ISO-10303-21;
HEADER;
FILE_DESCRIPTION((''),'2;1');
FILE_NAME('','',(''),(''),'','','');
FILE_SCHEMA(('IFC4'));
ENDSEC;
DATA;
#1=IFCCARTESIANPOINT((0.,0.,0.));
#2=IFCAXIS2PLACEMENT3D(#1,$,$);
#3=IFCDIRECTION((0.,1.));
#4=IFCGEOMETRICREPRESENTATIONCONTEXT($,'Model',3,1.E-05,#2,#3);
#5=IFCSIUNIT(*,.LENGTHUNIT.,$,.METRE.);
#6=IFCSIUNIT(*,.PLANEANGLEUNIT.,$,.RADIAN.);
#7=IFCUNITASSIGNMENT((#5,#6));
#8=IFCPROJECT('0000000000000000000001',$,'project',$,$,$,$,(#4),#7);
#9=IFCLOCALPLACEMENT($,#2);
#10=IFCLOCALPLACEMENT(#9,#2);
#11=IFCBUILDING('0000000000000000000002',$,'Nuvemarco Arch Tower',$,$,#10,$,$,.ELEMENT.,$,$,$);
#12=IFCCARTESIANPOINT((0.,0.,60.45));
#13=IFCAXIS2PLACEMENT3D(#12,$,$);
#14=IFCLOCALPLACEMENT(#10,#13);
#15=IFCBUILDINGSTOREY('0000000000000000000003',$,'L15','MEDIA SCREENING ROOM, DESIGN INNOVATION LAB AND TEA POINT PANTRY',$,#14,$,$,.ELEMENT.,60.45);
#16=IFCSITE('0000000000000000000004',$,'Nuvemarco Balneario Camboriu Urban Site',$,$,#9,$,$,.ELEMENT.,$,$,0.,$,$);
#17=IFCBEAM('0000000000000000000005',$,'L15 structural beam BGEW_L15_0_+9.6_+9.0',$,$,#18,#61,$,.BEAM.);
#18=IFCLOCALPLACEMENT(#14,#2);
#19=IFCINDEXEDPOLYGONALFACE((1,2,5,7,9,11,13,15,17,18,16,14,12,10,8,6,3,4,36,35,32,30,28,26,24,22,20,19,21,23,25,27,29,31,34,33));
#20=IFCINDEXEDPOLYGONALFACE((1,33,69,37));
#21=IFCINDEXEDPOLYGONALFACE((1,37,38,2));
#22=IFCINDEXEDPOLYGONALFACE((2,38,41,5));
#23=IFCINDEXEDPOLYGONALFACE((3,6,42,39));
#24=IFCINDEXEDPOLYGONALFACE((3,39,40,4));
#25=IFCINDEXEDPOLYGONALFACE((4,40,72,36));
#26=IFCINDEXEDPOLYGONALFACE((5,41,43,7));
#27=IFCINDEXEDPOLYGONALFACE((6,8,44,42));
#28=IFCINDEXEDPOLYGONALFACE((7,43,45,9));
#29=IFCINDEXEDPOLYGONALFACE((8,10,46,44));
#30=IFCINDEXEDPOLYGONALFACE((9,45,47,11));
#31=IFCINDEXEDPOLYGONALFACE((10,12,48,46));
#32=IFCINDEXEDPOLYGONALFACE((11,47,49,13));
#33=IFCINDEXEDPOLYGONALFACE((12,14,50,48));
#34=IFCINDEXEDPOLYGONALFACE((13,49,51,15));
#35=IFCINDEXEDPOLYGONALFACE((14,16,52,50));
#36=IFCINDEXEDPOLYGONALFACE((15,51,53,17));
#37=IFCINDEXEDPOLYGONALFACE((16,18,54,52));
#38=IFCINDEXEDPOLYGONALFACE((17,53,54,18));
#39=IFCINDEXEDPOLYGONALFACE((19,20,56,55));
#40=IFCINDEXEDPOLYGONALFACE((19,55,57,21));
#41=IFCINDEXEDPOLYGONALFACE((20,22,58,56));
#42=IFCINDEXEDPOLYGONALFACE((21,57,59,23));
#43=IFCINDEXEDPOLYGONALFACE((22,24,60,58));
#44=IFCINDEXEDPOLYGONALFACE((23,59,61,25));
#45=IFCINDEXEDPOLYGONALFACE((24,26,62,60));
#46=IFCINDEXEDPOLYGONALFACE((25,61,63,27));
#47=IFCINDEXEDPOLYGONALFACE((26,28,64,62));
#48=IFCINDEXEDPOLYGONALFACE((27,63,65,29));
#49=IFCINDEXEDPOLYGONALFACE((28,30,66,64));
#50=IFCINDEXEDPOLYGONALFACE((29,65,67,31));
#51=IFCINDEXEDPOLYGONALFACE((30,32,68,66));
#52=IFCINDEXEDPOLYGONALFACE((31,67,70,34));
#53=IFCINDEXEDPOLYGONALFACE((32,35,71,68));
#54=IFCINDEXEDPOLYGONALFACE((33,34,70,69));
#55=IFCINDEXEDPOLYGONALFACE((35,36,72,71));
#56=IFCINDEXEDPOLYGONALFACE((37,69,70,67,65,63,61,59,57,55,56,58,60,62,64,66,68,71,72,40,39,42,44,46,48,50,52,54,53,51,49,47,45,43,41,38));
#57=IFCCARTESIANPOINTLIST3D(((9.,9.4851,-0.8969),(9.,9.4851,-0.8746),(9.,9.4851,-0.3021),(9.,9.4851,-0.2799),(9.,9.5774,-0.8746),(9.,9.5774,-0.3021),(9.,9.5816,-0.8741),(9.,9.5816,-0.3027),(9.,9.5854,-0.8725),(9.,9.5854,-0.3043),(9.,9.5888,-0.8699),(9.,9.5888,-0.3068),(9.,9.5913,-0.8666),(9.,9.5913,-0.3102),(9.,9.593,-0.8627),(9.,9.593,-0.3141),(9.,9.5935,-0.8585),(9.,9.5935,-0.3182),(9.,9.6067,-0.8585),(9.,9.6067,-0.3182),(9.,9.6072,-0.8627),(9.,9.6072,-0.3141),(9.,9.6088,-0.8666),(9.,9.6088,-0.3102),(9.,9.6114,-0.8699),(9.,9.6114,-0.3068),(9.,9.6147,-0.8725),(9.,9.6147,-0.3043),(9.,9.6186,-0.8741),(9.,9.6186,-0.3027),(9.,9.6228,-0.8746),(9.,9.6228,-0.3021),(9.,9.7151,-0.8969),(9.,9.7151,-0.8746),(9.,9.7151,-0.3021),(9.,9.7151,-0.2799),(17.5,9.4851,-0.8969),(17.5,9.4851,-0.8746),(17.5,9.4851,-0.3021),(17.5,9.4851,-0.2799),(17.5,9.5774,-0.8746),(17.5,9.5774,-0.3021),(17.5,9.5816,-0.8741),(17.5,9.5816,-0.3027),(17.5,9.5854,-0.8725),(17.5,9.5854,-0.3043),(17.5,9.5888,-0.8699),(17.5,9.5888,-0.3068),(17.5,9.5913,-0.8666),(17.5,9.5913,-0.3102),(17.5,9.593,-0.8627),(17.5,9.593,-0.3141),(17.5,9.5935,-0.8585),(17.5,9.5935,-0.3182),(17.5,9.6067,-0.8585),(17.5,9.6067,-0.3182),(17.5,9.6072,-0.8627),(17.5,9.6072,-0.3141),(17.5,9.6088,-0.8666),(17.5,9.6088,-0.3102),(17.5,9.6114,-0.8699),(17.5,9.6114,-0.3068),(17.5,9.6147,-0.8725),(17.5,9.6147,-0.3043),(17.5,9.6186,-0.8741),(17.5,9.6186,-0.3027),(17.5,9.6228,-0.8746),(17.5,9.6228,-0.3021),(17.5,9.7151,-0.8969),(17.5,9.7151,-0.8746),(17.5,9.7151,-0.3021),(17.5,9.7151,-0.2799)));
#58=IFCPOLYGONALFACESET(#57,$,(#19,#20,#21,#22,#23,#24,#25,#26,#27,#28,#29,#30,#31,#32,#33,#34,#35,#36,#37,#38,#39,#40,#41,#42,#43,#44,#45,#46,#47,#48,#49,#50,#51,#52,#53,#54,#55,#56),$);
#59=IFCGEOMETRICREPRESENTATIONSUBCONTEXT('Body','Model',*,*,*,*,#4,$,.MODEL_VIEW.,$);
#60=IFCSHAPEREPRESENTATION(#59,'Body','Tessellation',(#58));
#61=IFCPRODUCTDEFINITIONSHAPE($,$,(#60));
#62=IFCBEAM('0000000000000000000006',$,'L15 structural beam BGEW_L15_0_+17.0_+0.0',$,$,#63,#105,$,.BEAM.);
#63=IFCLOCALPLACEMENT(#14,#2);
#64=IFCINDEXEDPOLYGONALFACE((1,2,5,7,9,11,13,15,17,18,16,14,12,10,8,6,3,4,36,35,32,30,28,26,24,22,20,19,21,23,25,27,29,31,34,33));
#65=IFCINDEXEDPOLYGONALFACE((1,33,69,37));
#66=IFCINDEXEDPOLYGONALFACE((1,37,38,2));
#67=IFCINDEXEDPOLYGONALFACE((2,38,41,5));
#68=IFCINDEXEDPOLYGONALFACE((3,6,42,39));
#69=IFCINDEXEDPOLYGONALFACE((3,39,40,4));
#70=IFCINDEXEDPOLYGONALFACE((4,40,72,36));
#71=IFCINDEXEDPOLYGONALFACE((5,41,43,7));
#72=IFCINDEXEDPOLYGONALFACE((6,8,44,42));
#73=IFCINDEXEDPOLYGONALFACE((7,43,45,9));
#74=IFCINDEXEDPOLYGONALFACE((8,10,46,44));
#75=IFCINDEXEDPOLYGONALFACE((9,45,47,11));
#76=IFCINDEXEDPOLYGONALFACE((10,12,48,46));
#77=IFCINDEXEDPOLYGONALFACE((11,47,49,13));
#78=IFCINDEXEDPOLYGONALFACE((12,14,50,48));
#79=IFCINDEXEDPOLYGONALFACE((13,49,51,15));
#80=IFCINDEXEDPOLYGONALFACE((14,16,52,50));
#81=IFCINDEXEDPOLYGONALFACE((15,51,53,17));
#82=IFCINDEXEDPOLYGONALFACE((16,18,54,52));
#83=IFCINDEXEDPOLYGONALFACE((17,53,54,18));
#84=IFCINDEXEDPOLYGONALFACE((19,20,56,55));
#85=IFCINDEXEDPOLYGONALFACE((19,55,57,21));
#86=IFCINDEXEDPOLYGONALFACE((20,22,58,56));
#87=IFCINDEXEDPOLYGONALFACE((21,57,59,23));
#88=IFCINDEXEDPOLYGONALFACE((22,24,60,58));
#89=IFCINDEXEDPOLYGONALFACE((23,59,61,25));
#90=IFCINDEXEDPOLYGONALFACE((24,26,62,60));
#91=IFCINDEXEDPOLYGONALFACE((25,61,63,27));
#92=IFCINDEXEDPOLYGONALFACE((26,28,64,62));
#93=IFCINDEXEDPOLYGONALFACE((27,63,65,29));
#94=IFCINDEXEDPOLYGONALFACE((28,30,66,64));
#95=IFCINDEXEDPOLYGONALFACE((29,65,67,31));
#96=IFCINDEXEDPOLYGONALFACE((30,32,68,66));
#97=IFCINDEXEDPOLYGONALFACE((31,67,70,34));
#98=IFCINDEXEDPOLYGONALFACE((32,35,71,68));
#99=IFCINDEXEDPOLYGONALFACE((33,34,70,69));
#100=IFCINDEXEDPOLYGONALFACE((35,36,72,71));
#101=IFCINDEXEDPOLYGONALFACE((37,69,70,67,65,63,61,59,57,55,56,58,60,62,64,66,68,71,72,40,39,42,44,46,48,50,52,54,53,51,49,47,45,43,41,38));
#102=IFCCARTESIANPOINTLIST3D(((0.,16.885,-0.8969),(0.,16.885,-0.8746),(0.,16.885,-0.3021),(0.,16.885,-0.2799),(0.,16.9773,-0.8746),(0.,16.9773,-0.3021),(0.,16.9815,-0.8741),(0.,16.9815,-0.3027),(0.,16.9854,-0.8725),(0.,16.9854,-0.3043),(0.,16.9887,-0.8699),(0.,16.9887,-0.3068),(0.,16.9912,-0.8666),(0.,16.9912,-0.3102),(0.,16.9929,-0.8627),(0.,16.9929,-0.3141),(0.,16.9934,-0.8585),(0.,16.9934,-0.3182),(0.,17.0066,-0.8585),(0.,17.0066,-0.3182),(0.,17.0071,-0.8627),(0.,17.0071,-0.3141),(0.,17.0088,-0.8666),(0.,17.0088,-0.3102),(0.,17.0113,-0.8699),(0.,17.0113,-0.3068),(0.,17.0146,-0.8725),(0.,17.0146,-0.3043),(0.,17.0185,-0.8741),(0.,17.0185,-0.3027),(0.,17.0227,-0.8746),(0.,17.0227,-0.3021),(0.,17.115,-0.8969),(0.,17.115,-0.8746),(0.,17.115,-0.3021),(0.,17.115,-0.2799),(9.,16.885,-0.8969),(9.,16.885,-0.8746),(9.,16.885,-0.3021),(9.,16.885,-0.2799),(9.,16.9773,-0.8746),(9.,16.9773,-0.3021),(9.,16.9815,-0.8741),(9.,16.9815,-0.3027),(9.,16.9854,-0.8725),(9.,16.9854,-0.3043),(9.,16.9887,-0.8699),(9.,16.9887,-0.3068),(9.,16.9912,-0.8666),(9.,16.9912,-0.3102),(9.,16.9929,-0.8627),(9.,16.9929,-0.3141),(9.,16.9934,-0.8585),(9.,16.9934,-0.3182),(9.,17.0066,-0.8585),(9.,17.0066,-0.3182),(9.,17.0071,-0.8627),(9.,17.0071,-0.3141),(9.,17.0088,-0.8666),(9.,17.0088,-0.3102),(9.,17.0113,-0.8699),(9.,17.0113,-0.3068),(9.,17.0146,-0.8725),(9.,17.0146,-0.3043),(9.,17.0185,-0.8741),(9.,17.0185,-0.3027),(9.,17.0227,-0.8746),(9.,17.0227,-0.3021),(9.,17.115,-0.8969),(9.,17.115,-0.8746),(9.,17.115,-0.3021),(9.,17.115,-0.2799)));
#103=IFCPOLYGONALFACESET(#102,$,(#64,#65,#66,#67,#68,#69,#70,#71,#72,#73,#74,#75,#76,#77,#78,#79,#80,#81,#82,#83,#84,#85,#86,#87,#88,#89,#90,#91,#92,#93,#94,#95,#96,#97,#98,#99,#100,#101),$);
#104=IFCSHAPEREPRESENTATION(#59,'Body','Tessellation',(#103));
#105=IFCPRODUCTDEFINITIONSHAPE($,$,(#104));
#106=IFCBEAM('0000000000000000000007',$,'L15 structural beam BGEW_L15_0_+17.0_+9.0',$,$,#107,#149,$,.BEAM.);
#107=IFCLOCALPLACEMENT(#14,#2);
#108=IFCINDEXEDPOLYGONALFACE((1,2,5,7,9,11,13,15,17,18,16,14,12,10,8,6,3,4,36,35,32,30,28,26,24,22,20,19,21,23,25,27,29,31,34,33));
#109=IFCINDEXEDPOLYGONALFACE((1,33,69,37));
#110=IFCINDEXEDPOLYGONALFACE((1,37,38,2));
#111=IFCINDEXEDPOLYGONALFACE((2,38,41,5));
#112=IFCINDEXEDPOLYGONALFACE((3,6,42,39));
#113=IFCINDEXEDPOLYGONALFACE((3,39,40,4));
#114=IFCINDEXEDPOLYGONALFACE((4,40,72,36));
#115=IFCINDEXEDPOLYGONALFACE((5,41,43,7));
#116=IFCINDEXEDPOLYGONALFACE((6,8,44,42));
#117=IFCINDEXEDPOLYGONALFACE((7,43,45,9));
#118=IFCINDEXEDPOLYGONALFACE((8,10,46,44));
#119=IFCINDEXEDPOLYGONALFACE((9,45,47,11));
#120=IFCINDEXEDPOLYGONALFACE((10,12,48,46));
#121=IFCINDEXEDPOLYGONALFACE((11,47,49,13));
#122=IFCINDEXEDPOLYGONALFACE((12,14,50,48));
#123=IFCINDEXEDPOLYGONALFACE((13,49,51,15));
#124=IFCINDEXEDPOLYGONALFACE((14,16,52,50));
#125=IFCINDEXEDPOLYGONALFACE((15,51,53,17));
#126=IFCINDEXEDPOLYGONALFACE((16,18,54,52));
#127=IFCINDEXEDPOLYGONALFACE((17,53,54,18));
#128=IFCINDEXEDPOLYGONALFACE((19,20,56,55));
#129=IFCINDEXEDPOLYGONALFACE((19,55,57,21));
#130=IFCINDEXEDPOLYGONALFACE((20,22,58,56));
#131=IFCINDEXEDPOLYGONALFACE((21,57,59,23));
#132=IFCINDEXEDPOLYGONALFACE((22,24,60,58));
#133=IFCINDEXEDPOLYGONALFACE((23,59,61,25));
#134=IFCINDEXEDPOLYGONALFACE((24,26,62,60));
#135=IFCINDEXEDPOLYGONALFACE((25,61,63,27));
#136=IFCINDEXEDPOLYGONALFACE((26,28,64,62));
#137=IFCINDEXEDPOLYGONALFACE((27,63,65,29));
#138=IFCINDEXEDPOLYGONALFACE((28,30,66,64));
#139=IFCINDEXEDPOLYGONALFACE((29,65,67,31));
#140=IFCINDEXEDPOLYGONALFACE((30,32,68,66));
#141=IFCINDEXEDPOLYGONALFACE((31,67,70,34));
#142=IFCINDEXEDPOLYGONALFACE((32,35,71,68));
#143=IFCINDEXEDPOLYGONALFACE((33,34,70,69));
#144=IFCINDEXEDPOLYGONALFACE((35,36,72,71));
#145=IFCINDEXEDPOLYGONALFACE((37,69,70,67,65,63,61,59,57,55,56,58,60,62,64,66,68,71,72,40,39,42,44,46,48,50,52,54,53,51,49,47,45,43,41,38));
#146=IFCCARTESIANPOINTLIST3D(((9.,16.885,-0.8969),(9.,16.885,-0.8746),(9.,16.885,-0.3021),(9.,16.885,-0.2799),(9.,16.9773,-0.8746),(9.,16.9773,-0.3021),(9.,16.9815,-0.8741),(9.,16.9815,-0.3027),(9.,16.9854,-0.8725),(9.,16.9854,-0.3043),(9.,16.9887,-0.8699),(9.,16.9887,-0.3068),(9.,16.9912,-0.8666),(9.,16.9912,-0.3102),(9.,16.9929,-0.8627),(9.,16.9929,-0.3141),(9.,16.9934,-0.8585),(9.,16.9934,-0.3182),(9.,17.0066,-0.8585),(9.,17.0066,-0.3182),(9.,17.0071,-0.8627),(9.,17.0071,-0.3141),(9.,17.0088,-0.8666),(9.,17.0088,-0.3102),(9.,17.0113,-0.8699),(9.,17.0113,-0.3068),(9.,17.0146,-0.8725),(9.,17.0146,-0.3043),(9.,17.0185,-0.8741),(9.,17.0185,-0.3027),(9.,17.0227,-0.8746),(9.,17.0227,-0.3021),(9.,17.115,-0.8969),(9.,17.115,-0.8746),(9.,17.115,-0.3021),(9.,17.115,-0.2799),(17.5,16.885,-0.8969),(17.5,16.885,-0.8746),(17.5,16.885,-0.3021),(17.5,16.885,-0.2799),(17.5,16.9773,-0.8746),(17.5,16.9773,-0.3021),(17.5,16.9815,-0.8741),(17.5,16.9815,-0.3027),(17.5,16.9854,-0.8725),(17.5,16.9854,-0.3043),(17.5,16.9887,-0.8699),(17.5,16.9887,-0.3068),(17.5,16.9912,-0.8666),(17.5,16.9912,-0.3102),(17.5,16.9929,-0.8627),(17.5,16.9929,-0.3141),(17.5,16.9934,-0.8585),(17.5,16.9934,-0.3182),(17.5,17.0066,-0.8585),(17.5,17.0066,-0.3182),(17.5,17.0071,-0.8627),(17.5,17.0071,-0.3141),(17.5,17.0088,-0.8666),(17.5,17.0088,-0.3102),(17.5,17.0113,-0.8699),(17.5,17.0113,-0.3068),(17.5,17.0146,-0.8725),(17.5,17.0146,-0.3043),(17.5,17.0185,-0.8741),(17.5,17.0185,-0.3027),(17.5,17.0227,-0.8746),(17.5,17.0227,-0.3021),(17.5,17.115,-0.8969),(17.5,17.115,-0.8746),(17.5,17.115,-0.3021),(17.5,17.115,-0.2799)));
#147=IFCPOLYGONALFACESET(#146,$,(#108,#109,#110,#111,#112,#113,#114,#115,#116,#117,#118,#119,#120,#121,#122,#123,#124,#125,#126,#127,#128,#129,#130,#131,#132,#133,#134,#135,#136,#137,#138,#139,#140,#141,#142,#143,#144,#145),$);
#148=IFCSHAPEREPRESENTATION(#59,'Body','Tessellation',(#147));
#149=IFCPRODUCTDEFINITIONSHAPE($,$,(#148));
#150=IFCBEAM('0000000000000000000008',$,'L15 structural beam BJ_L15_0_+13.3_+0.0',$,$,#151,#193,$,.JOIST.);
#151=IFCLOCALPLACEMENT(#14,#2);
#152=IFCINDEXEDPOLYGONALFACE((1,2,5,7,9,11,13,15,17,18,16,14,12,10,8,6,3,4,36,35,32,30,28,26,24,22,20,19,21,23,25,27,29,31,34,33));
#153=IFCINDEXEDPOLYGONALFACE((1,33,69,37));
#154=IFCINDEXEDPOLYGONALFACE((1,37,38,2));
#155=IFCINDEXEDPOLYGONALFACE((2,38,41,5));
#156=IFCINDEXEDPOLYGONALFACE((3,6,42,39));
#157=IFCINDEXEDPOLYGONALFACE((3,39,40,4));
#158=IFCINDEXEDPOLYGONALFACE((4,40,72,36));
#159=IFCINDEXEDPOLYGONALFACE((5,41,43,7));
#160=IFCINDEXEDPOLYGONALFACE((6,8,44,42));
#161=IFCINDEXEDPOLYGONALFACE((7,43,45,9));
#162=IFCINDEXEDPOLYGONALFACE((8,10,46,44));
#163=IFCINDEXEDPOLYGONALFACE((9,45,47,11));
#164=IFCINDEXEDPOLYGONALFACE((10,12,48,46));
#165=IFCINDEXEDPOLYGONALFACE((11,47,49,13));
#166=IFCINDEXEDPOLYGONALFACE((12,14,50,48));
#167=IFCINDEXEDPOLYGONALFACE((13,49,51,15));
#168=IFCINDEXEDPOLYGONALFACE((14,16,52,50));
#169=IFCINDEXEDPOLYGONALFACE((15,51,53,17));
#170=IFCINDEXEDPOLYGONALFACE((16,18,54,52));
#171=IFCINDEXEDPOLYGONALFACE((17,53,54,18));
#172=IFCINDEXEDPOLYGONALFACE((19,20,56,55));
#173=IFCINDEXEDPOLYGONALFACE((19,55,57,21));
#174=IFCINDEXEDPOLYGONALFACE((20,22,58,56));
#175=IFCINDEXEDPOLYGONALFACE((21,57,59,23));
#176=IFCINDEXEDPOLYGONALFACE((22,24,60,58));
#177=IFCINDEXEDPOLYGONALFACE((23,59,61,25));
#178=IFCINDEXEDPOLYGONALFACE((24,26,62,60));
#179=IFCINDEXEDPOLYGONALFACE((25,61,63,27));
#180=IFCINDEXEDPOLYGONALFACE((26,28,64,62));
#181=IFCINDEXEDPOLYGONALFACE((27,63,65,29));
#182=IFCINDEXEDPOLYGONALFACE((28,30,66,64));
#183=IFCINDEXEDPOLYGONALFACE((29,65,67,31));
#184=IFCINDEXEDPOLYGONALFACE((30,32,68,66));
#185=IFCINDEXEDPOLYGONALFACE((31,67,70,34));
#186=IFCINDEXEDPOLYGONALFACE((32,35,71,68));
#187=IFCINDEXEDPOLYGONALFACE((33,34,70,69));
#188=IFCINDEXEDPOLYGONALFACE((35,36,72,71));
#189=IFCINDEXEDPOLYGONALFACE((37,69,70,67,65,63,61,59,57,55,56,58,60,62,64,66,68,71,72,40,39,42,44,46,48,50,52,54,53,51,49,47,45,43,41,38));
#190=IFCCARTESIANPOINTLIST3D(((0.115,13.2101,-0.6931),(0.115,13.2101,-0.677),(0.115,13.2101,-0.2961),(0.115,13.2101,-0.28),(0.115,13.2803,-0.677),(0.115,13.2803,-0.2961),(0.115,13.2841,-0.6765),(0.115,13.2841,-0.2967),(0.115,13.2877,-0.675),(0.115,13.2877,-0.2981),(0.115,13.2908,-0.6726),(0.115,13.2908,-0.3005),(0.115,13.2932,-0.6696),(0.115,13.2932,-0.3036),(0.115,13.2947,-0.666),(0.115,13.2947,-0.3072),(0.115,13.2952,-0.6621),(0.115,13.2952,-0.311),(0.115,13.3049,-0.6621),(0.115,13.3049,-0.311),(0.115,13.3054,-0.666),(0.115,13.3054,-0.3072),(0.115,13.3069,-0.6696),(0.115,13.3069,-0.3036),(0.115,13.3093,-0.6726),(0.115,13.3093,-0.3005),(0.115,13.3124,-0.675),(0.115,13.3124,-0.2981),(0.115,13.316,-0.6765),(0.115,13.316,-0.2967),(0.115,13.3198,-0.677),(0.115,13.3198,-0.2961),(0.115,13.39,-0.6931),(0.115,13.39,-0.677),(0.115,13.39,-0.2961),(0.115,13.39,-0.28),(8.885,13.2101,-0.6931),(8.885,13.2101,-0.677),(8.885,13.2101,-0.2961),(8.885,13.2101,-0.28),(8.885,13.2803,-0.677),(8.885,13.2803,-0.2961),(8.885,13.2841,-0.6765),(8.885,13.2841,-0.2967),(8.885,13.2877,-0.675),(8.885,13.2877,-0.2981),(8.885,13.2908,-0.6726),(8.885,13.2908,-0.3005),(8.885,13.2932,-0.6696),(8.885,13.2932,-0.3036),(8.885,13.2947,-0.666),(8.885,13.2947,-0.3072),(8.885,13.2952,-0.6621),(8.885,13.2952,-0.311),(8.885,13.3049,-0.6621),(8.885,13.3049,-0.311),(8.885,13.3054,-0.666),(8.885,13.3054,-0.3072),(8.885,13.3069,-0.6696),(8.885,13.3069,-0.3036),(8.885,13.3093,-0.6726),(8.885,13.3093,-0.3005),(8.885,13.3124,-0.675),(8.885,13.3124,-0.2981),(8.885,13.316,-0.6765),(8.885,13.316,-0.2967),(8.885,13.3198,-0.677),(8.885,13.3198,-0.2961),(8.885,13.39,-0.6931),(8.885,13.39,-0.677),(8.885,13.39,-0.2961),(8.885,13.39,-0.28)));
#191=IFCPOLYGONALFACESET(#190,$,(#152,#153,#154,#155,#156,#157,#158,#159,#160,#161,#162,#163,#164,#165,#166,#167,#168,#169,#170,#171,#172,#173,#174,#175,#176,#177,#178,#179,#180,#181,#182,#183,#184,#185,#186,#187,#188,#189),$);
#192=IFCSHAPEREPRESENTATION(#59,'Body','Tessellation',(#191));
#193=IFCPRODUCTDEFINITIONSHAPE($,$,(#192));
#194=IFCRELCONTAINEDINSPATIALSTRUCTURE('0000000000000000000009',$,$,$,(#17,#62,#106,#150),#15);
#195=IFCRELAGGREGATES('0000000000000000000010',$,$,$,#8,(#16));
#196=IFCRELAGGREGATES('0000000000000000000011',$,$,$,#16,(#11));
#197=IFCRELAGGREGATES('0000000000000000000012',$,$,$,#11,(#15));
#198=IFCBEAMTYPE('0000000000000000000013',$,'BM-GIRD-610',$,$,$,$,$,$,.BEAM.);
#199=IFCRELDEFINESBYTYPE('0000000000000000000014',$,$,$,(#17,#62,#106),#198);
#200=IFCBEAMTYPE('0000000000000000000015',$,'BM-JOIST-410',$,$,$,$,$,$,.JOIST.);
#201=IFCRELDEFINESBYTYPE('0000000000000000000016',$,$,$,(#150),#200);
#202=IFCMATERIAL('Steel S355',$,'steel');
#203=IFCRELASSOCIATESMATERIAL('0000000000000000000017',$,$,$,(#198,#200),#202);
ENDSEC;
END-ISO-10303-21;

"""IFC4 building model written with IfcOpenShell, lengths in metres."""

from ifc_helpers import new_model, si_unit, direction, frame, origin, origin_2d, place, context, subcontext, project, spatial, i_section, extrude, material, material_profile, profile_set, type_object, element, save


model = new_model("IFC4")

# Units and contexts
model_context = context("Model", 3, precision=1e-05, world=origin(), true_north=direction((0.0, 1.0)))
body_context = subcontext(model_context, "Body", "Model", "MODEL_VIEW")
ifc_project = project(units=[si_unit("LENGTHUNIT", "METRE"), si_unit("PLANEANGLEUNIT", "RADIAN")], contexts=[model_context])

# Site, building, storey
site_placement = place(None, origin())
site = spatial("IfcSite", under=ifc_project, at=site_placement, Name="Nuvemarco Balneario Camboriu Urban Site", CompositionType="ELEMENT", RefElevation=0.0)
building_placement = place(site_placement, origin())
building = spatial("IfcBuilding", under=site, at=building_placement, Name="Nuvemarco Arch Tower", CompositionType="ELEMENT")
storey_placement = place(building_placement, frame((0.0, 0.0, 60.45)))
storey = spatial("IfcBuildingStorey", under=building, at=storey_placement, Name="L15", Description="MEDIA SCREENING ROOM, DESIGN INNOVATION LAB AND TEA POINT PANTRY", CompositionType="ELEMENT", Elevation=60.45)

# Shared definitions
ifc_material_1 = material(Name="Steel S355", Category="steel")

# Beams
ifc_material_profile_1 = material_profile(ifc_material_1, i_section(OverallWidth=0.23, OverallDepth=0.6169, WebThickness=0.0132, FlangeThickness=0.0222, FilletRadius=0.0161, at=origin_2d()), Name="W610x140")
ifc_profile_set_1 = profile_set([ifc_material_profile_1], Name="Steel S355")
beam_type_1 = type_object("IfcBeamType", Name="BM-GIRD-610", PredefinedType="BEAM", material=ifc_profile_set_1)
beam_1_placement = place(storey_placement, frame((9.0, 9.6001, -0.5884), z_axis=(1.0, 0.0, 0.0), x_axis=(0.0, 1.0, 0.0)))
element("IfcBeam", 1, at=beam_1_placement, inside=storey, type_object=beam_type_1, Name="L15 structural beam BGEW_L15_0_+9.6_+9.0", PredefinedType="BEAM", context=body_context, shape_type="SweptSolid", body=[
    extrude(i_section(OverallWidth=0.23, OverallDepth=0.6169, WebThickness=0.0132, FlangeThickness=0.0222, FilletRadius=0.0161, at=origin_2d()), origin(), (0.0, 0.0, 1.0), 8.5),
])
beam_2_placement = place(storey_placement, frame((0.0, 17.0, -0.5884), z_axis=(1.0, 0.0, 0.0), x_axis=(0.0, 1.0, 0.0)))
element("IfcBeam", 2, at=beam_2_placement, inside=storey, type_object=beam_type_1, Name="L15 structural beam BGEW_L15_0_+17.0_+0.0", PredefinedType="BEAM", context=body_context, shape_type="SweptSolid", body=[
    extrude(i_section(OverallWidth=0.23, OverallDepth=0.6169, WebThickness=0.0132, FlangeThickness=0.0222, FilletRadius=0.0161, at=origin_2d()), origin(), (0.0, 0.0, 1.0), 9.0),
])
beam_3_placement = place(storey_placement, frame((9.0, 17.0, -0.5884), z_axis=(1.0, 0.0, 0.0), x_axis=(0.0, 1.0, 0.0)))
element("IfcBeam", 3, at=beam_3_placement, inside=storey, type_object=beam_type_1, Name="L15 structural beam BGEW_L15_0_+17.0_+9.0", PredefinedType="BEAM", context=body_context, shape_type="SweptSolid", body=[
    extrude(i_section(OverallWidth=0.23, OverallDepth=0.6169, WebThickness=0.0132, FlangeThickness=0.0222, FilletRadius=0.0161, at=origin_2d()), origin(), (0.0, 0.0, 1.0), 8.5),
])
ifc_material_profile_2 = material_profile(ifc_material_1, i_section(OverallWidth=0.1799, OverallDepth=0.4131, WebThickness=0.0098, FlangeThickness=0.0161, FilletRadius=0.0149, at=origin_2d()), Name="W410x75")
ifc_profile_set_2 = profile_set([ifc_material_profile_2], Name="Steel S355")
beam_type_2 = type_object("IfcBeamType", Name="BM-JOIST-410", PredefinedType="JOIST", material=ifc_profile_set_2)
beam_4_placement = place(storey_placement, frame((0.115, 13.3, -0.4866), z_axis=(1.0, 0.0, 0.0), x_axis=(0.0, 1.0, 0.0)))
element("IfcBeam", 4, at=beam_4_placement, inside=storey, type_object=beam_type_2, Name="L15 structural beam BJ_L15_0_+13.3_+0.0", PredefinedType="JOIST", context=body_context, shape_type="SweptSolid", body=[
    extrude(i_section(OverallWidth=0.1799, OverallDepth=0.4131, WebThickness=0.0098, FlangeThickness=0.0161, FilletRadius=0.0149, at=origin_2d()), origin(), (0.0, 0.0, 1.0), 8.77),
])

save(model, "model.ifc")
